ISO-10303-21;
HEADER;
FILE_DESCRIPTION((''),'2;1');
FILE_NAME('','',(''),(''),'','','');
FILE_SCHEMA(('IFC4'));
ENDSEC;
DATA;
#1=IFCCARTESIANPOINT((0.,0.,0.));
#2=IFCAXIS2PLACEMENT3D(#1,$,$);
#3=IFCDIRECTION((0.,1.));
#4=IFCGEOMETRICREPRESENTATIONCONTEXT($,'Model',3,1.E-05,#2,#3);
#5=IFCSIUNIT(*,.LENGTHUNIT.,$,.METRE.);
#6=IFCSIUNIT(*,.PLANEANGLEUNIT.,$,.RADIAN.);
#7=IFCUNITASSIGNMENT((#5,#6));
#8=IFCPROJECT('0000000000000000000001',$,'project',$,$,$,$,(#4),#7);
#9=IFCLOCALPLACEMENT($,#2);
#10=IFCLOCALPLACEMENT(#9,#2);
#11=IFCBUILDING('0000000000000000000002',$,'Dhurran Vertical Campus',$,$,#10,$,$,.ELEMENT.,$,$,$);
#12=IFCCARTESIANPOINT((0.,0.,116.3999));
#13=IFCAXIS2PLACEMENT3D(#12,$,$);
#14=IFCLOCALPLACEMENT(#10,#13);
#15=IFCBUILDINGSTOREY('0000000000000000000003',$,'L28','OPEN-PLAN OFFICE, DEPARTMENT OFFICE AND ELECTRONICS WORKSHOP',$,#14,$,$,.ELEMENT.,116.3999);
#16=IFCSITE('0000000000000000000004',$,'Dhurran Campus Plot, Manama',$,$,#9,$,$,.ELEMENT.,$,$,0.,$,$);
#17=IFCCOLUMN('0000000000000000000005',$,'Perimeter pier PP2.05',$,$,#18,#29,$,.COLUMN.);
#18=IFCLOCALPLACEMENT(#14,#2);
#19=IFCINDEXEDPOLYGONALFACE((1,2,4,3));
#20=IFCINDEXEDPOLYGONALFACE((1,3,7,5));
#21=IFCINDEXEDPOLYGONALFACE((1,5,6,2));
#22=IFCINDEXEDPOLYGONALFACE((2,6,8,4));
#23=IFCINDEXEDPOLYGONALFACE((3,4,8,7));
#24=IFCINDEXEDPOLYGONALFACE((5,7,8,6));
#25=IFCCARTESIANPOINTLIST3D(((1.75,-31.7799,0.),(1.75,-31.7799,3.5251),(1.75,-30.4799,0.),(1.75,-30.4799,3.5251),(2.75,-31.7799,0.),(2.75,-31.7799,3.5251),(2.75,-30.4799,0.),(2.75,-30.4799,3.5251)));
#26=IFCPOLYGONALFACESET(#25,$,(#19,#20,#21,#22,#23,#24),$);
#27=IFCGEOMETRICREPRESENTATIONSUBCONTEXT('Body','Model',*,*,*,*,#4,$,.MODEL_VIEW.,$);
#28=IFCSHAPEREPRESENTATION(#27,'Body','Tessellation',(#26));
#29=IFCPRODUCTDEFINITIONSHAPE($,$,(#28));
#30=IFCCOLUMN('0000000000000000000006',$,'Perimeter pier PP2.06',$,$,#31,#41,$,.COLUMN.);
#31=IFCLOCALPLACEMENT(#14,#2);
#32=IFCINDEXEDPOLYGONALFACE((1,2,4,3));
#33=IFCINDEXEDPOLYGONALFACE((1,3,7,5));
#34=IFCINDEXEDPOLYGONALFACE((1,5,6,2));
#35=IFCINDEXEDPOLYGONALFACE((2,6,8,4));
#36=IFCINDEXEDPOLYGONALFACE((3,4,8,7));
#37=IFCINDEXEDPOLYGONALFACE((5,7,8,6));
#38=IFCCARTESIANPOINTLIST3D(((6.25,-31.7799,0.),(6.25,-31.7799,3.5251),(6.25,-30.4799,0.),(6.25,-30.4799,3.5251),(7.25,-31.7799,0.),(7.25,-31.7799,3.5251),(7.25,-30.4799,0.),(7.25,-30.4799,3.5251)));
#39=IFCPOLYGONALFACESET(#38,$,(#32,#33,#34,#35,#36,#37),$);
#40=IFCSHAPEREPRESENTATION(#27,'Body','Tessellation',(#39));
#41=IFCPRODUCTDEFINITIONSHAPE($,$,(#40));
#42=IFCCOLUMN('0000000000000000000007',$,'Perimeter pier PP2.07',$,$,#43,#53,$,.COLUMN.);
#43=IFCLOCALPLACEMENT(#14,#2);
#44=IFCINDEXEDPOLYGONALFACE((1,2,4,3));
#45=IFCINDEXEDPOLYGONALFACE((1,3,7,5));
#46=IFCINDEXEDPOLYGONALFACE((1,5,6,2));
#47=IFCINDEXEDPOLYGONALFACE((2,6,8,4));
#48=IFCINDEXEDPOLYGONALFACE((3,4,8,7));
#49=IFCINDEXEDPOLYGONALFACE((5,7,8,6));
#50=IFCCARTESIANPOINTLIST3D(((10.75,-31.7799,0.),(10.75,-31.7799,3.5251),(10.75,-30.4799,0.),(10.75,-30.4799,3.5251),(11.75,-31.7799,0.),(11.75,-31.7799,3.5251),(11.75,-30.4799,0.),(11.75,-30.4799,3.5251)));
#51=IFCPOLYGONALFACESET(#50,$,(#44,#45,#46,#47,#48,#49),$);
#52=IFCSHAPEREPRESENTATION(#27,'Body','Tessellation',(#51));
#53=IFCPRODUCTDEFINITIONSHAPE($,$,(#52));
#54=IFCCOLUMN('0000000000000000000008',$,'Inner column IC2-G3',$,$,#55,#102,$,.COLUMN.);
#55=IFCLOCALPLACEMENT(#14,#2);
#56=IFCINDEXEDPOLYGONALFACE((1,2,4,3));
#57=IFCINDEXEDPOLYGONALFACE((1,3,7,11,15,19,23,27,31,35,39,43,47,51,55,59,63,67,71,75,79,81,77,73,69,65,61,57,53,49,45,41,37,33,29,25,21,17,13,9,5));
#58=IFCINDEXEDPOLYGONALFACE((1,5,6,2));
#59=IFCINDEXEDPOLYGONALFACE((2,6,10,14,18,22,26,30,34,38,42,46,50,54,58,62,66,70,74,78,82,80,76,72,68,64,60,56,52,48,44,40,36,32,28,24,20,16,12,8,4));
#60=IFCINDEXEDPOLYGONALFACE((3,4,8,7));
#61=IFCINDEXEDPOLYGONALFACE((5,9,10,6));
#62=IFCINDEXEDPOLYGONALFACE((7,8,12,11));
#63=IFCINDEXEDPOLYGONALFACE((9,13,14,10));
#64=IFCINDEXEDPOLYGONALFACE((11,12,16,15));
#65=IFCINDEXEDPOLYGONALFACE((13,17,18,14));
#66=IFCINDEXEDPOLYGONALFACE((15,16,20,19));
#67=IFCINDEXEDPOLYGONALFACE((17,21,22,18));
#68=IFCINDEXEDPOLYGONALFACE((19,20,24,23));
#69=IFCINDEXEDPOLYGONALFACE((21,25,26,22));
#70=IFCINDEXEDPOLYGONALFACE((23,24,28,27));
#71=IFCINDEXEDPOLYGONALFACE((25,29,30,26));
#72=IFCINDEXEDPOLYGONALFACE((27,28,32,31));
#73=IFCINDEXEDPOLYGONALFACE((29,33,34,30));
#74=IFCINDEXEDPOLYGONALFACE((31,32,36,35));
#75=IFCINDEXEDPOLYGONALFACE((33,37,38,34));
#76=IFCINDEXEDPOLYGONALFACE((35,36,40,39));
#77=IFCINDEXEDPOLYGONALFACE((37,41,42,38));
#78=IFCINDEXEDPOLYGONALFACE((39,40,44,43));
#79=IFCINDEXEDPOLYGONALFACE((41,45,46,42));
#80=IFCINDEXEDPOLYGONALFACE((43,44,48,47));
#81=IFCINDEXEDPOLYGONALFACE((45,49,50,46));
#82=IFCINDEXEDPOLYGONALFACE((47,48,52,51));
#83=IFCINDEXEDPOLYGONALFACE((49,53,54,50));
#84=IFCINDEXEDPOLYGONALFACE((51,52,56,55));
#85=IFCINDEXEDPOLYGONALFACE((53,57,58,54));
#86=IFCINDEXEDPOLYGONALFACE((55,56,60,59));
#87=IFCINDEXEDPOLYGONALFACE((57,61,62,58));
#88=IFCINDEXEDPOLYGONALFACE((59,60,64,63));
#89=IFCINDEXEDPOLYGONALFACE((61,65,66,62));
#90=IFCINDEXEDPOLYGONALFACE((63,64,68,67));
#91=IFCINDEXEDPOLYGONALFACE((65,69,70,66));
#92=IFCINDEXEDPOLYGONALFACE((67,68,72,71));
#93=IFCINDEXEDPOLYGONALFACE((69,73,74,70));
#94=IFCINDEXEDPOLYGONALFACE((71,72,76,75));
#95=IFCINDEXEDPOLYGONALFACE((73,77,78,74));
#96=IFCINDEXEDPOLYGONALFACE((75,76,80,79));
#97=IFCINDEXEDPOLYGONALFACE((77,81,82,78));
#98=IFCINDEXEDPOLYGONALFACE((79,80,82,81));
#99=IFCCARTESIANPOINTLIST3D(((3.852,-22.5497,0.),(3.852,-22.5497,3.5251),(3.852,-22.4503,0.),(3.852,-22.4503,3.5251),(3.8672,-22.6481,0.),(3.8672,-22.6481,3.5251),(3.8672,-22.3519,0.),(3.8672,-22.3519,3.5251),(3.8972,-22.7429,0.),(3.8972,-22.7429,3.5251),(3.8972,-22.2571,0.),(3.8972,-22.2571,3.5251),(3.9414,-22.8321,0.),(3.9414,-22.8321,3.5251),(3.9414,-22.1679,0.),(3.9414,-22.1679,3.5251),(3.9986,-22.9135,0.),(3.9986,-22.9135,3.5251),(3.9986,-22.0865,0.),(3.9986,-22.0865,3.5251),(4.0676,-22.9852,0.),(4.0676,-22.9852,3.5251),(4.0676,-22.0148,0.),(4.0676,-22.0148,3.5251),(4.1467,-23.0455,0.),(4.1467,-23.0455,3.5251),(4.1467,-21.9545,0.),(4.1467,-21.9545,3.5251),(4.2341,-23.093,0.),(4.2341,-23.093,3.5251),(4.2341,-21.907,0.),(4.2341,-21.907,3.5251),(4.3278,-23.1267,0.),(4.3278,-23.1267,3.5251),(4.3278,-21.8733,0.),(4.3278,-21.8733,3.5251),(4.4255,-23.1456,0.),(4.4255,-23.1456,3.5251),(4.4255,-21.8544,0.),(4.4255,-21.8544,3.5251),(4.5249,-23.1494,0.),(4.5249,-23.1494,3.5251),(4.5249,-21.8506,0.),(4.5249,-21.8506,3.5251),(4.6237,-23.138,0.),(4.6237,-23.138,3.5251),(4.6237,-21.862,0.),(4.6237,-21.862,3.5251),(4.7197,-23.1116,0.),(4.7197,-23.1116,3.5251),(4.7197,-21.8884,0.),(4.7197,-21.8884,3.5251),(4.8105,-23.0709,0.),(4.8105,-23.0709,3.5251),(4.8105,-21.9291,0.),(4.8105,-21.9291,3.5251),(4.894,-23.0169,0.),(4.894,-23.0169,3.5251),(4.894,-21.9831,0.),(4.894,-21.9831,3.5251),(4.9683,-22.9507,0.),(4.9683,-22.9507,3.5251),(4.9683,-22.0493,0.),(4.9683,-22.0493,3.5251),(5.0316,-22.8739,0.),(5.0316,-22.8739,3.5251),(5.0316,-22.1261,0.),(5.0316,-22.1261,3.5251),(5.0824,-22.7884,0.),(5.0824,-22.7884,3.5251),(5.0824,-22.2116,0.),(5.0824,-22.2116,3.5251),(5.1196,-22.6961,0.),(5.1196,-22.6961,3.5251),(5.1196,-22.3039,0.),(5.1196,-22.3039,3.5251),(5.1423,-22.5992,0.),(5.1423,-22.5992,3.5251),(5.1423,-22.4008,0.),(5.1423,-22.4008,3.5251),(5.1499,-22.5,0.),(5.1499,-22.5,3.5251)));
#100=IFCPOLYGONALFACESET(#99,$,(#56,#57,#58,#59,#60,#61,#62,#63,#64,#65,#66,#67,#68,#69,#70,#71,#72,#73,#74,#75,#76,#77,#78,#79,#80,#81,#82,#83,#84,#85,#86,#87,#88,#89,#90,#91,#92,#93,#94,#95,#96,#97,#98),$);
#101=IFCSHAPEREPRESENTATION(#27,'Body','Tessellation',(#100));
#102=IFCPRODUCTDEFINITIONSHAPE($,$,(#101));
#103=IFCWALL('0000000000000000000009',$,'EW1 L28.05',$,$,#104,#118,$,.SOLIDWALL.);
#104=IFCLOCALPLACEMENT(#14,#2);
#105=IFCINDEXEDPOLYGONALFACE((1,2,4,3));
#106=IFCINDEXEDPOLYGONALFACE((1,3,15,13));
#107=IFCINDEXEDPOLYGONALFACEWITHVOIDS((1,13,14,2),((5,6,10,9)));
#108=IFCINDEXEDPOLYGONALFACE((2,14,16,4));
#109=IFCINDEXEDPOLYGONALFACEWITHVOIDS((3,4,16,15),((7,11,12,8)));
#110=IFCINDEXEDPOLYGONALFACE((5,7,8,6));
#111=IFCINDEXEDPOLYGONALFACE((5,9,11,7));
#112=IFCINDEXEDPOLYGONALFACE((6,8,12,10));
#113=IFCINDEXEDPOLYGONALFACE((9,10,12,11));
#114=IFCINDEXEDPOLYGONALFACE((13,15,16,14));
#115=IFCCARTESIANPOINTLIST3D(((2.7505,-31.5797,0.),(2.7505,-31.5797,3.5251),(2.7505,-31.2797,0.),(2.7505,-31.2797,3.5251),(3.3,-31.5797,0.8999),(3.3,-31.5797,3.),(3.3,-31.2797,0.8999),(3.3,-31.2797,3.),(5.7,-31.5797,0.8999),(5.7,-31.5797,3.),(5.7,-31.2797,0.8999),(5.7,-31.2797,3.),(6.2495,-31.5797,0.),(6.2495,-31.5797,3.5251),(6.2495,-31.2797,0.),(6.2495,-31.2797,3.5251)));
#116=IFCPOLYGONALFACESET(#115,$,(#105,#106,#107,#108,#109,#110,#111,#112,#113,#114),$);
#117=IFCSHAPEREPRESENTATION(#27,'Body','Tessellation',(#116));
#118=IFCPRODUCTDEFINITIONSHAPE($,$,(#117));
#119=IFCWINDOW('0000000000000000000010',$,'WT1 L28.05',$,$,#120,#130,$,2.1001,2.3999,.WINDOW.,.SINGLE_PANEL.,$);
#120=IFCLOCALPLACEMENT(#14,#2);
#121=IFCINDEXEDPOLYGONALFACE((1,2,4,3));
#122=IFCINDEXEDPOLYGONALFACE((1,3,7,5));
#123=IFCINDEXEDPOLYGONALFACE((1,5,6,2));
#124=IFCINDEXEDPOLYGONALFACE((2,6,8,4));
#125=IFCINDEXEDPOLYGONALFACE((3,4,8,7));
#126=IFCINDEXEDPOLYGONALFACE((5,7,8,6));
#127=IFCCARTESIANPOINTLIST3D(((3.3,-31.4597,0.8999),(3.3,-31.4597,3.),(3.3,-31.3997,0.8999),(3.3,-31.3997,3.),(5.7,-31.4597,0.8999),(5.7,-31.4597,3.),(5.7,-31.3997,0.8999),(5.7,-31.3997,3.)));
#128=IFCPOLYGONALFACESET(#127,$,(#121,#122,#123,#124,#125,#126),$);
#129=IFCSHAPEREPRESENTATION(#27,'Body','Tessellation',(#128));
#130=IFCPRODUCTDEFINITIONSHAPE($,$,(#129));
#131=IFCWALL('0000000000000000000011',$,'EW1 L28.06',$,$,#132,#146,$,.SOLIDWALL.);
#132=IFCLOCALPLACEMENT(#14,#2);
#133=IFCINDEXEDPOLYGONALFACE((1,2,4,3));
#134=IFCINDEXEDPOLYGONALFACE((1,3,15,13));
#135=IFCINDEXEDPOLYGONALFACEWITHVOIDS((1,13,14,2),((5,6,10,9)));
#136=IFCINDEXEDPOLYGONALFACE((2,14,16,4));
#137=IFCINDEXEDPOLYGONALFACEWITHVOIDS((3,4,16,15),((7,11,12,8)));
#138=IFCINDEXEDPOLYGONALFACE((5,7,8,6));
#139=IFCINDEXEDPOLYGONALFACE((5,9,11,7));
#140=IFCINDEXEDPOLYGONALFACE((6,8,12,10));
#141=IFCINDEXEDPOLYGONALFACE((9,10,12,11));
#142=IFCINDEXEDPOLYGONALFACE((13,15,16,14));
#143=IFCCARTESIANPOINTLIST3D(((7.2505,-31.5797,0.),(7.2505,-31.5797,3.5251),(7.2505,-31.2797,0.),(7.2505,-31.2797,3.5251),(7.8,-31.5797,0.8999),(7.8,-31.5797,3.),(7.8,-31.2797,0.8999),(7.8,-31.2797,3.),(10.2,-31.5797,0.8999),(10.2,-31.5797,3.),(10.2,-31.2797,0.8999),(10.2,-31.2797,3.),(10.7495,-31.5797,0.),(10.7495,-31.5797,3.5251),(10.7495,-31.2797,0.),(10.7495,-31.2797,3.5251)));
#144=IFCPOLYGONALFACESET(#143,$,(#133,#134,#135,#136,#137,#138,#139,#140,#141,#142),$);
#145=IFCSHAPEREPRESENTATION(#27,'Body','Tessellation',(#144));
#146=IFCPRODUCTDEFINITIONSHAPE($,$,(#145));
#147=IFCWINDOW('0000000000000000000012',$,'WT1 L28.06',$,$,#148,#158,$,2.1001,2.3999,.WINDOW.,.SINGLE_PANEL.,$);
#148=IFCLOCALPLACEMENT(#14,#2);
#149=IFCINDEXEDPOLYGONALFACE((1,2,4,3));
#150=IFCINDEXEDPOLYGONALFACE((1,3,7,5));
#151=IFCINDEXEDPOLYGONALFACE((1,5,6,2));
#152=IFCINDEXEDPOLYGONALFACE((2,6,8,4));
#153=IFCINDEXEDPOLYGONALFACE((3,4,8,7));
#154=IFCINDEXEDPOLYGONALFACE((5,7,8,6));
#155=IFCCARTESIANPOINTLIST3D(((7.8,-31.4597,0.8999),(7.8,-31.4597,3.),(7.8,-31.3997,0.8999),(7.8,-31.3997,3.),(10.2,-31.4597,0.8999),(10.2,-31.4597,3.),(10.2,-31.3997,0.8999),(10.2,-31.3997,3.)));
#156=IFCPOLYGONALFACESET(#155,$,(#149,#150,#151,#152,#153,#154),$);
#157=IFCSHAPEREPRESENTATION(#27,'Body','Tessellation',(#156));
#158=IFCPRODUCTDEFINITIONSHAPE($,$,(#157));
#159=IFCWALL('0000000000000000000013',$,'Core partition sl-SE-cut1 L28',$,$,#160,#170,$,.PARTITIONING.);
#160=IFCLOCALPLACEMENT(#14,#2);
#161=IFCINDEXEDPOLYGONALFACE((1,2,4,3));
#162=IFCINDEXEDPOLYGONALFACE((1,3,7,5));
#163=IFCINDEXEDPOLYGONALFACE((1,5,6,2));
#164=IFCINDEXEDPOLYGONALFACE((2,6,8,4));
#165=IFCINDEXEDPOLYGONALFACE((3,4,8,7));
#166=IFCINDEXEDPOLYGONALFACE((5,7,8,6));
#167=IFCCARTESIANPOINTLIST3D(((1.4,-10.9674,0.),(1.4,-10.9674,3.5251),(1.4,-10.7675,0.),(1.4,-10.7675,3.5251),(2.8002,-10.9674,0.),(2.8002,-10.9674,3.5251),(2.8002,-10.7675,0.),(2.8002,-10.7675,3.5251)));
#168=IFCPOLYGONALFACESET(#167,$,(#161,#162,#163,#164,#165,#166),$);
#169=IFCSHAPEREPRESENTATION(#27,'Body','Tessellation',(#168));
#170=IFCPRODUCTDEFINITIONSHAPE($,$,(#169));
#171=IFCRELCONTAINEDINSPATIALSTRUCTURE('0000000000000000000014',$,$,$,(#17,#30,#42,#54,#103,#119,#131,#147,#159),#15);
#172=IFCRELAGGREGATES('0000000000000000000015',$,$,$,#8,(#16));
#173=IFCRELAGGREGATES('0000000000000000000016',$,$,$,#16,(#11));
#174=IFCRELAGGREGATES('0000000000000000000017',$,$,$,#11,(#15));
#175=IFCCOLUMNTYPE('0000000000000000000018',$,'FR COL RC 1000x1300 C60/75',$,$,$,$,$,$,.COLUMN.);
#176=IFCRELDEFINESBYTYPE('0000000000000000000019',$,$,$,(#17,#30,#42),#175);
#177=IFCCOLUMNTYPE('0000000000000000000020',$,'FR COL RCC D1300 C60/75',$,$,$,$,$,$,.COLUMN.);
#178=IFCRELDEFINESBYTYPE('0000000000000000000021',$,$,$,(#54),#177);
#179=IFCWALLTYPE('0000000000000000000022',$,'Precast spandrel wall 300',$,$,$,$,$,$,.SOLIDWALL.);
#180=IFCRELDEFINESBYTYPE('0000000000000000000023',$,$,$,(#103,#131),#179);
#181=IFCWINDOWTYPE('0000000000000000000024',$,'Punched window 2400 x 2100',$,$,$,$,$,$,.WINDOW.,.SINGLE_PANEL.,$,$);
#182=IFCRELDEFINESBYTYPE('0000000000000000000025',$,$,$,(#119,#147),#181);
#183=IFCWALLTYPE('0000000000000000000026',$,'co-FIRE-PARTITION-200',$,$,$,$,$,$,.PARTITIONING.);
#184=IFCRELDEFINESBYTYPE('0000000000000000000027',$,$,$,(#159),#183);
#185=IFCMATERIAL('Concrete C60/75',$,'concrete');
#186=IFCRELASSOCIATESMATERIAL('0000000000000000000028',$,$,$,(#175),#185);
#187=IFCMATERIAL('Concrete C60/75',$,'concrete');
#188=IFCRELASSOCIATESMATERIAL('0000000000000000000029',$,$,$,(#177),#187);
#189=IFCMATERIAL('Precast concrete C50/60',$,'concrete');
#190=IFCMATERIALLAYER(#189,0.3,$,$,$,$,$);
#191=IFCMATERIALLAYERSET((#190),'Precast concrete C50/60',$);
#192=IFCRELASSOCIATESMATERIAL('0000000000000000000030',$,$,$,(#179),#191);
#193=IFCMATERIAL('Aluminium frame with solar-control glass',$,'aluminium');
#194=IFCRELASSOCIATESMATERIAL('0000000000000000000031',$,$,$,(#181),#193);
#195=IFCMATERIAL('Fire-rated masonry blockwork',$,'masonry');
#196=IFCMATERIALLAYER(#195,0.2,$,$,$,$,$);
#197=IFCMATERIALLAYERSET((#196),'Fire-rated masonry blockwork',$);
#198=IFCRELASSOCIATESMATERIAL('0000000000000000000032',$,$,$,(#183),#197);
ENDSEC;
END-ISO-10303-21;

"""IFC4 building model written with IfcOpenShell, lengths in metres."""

from ifc_helpers import new_model, si_unit, direction, frame, frame_2d, origin, origin_2d, place, context, subcontext, project, spatial, rectangle, circle, extrude, material, layer, layer_set, material_profile, profile_set, type_object, element, fill, save


model = new_model("IFC4")

# Units and contexts
model_context = context("Model", 3, precision=1e-05, world=origin(), true_north=direction((0.0, 1.0)))
body_context = subcontext(model_context, "Body", "Model", "MODEL_VIEW")
ifc_project = project(units=[si_unit("LENGTHUNIT", "METRE"), si_unit("PLANEANGLEUNIT", "RADIAN")], contexts=[model_context])

# Site, building, storey
site_placement = place(None, origin())
site = spatial("IfcSite", under=ifc_project, at=site_placement, Name="Dhurran Campus Plot, Manama", CompositionType="ELEMENT", RefElevation=0.0)
building_placement = place(site_placement, origin())
building = spatial("IfcBuilding", under=site, at=building_placement, Name="Dhurran Vertical Campus", CompositionType="ELEMENT")
storey_placement = place(building_placement, frame((0.0, 0.0, 116.3999)))
storey = spatial("IfcBuildingStorey", under=building, at=storey_placement, Name="L28", Description="OPEN-PLAN OFFICE, DEPARTMENT OFFICE AND ELECTRONICS WORKSHOP", CompositionType="ELEMENT", Elevation=116.3999)

# Columns
ifc_material_1 = material(Name="Concrete C60/75", Category="concrete")
ifc_material_profile_1 = material_profile(ifc_material_1, rectangle(XDim=1.0, YDim=1.3, at=origin_2d()), Name="RC 1000x1300")
ifc_profile_set_1 = profile_set([ifc_material_profile_1], Name="Concrete C60/75")
column_type_1 = type_object("IfcColumnType", Name="FR COL RC 1000x1300 C60/75", PredefinedType="COLUMN", material=ifc_profile_set_1)
for number, where, z_axis, x_axis, name in (
    (1, (2.25, -31.1299, 0.0), (0.0, 0.0, 1.0), (1.0, 0.0, 0.0), "Perimeter pier PP2.05"),
    (2, (6.75, -31.1299, 0.0), (0.0, 0.0, 1.0), (1.0, 0.0, 0.0), "Perimeter pier PP2.06"),
    (3, (11.25, -31.1299, 0.0), (0.0, 0.0, 1.0), (1.0, 0.0, 0.0), "Perimeter pier PP2.07"),
):
    element("IfcColumn", number, at=place(storey_placement, frame(where, z_axis=z_axis, x_axis=x_axis)), inside=storey, type_object=column_type_1, Name=name, PredefinedType="COLUMN", context=body_context, shape_type="SweptSolid", body=[
        extrude(rectangle(XDim=1.0, YDim=1.3, at=origin_2d()), origin(), (0.0, 0.0, 1.0), 3.5251),
    ])
ifc_material_2 = material(Name="Concrete C60/75", Category="concrete")
ifc_material_profile_2 = material_profile(ifc_material_2, circle(Radius=0.6499, at=origin_2d()), Name="RCC D1300")
ifc_profile_set_2 = profile_set([ifc_material_profile_2], Name="Concrete C60/75")
column_type_2 = type_object("IfcColumnType", Name="FR COL RCC D1300 C60/75", PredefinedType="COLUMN", material=ifc_profile_set_2)
column_placement = place(storey_placement, frame((4.5, -22.5, 0.0), z_axis=(0.0, 0.0, 1.0), x_axis=(1.0, 0.0, 0.0)))
element("IfcColumn", 4, at=column_placement, inside=storey, type_object=column_type_2, Name="Inner column IC2-G3", PredefinedType="COLUMN", context=body_context, shape_type="SweptSolid", body=[
    extrude(circle(Radius=0.6499, at=origin_2d()), origin(), (0.0, 0.0, 1.0), 3.5251),
])

# Walls, openings, windows
ifc_material_3 = material(Name="Precast concrete C50/60", Category="concrete")
ifc_layer_1 = layer(ifc_material_3, 0.3)
ifc_layer_set_1 = layer_set([ifc_layer_1], Name="Precast concrete C50/60")
wall_type_1 = type_object("IfcWallType", Name="Precast spandrel wall 300", PredefinedType="SOLIDWALL", material=ifc_layer_set_1)
wall_1_placement = place(storey_placement, frame((2.7505, -31.4297, 0.0), z_axis=(0.0, 0.0, 1.0), x_axis=(1.0, 0.0, 0.0)))
wall_1 = element("IfcWall", 5, at=wall_1_placement, inside=storey, type_object=wall_type_1, Name="EW1 L28.05", PredefinedType="SOLIDWALL", context=body_context, shape_type="SweptSolid", body=[
    extrude(rectangle(XDim=3.499, YDim=0.3, at=frame_2d((1.7495, 0.0))), origin(), (0.0, 0.0, 1.0), 3.5251),
])
opening_1_placement = place(wall_1_placement, frame((0.5496, 0.0, 0.8999)))
opening_1 = element("IfcOpeningElement", 6, at=opening_1_placement, cuts=wall_1, PredefinedType="OPENING", context=body_context, shape_type="SweptSolid", body=[
    extrude(rectangle(XDim=2.3999, YDim=2.1001, at=frame_2d((1.2, 1.05))), frame((0.0, 0.1599, 0.0), z_axis=(0.0, -1.0, 0.0), x_axis=(1.0, 0.0, 0.0)), (0.0, 0.0, 1.0), 0.3201),
])
ifc_material_4 = material(Name="Aluminium frame with solar-control glass", Category="aluminium")
window_type = type_object("IfcWindowType", Name="Punched window 2400 x 2100", PartitioningType="SINGLE_PANEL", PredefinedType="WINDOW", material=ifc_material_4)
window_1_placement = place(opening_1_placement, origin())
window_1 = element("IfcWindow", 7, at=window_1_placement, inside=storey, type_object=window_type, Name="WT1 L28.05", OverallHeight=2.1001, OverallWidth=2.3999, PartitioningType="SINGLE_PANEL", PredefinedType="WINDOW", context=body_context, shape_type="SweptSolid", body=[
    extrude(rectangle(XDim=2.3999, YDim=2.1001, at=frame_2d((1.2, 1.05))), frame((0.0, 0.03, 0.0), z_axis=(0.0, -1.0, 0.0), x_axis=(1.0, 0.0, 0.0)), (0.0, 0.0, 1.0), 0.0601),
])
fill(opening_1, window_1)
wall_2_placement = place(storey_placement, frame((7.2505, -31.4297, 0.0), z_axis=(0.0, 0.0, 1.0), x_axis=(1.0, 0.0, 0.0)))
wall_2 = element("IfcWall", 8, at=wall_2_placement, inside=storey, type_object=wall_type_1, Name="EW1 L28.06", PredefinedType="SOLIDWALL", context=body_context, shape_type="SweptSolid", body=[
    extrude(rectangle(XDim=3.499, YDim=0.3, at=frame_2d((1.7495, 0.0))), origin(), (0.0, 0.0, 1.0), 3.5251),
])
opening_2_placement = place(wall_2_placement, frame((0.5496, 0.0, 0.8999)))
opening_2 = element("IfcOpeningElement", 9, at=opening_2_placement, cuts=wall_2, PredefinedType="OPENING", context=body_context, shape_type="SweptSolid", body=[
    extrude(rectangle(XDim=2.3999, YDim=2.1001, at=frame_2d((1.2, 1.05))), frame((0.0, 0.1599, 0.0), z_axis=(0.0, -1.0, 0.0), x_axis=(1.0, 0.0, 0.0)), (0.0, 0.0, 1.0), 0.3201),
])
window_2_placement = place(opening_2_placement, origin())
window_2 = element("IfcWindow", 10, at=window_2_placement, inside=storey, type_object=window_type, Name="WT1 L28.06", OverallHeight=2.1001, OverallWidth=2.3999, PartitioningType="SINGLE_PANEL", PredefinedType="WINDOW", context=body_context, shape_type="SweptSolid", body=[
    extrude(rectangle(XDim=2.3999, YDim=2.1001, at=frame_2d((1.2, 1.05))), frame((0.0, 0.03, 0.0), z_axis=(0.0, -1.0, 0.0), x_axis=(1.0, 0.0, 0.0)), (0.0, 0.0, 1.0), 0.0601),
])
fill(opening_2, window_2)

# Wall
ifc_material_5 = material(Name="Fire-rated masonry blockwork", Category="masonry")
ifc_layer_2 = layer(ifc_material_5, 0.2)
ifc_layer_set_2 = layer_set([ifc_layer_2], Name="Fire-rated masonry blockwork")
wall_type_2 = type_object("IfcWallType", Name="co-FIRE-PARTITION-200", PredefinedType="PARTITIONING", material=ifc_layer_set_2)
wall_3_placement = place(storey_placement, frame((1.3999, -10.8674, 0.0), z_axis=(0.0, 0.0, 1.0), x_axis=(1.0, 0.0, 0.0)))
element("IfcWall", 11, at=wall_3_placement, inside=storey, type_object=wall_type_2, Name="Core partition sl-SE-cut1 L28", PredefinedType="PARTITIONING", context=body_context, shape_type="SweptSolid", body=[
    extrude(rectangle(XDim=1.4001, YDim=0.2, at=frame_2d((0.7002, 0.0))), origin(), (0.0, 0.0, 1.0), 3.5251),
])

save(model, "model.ifc")
